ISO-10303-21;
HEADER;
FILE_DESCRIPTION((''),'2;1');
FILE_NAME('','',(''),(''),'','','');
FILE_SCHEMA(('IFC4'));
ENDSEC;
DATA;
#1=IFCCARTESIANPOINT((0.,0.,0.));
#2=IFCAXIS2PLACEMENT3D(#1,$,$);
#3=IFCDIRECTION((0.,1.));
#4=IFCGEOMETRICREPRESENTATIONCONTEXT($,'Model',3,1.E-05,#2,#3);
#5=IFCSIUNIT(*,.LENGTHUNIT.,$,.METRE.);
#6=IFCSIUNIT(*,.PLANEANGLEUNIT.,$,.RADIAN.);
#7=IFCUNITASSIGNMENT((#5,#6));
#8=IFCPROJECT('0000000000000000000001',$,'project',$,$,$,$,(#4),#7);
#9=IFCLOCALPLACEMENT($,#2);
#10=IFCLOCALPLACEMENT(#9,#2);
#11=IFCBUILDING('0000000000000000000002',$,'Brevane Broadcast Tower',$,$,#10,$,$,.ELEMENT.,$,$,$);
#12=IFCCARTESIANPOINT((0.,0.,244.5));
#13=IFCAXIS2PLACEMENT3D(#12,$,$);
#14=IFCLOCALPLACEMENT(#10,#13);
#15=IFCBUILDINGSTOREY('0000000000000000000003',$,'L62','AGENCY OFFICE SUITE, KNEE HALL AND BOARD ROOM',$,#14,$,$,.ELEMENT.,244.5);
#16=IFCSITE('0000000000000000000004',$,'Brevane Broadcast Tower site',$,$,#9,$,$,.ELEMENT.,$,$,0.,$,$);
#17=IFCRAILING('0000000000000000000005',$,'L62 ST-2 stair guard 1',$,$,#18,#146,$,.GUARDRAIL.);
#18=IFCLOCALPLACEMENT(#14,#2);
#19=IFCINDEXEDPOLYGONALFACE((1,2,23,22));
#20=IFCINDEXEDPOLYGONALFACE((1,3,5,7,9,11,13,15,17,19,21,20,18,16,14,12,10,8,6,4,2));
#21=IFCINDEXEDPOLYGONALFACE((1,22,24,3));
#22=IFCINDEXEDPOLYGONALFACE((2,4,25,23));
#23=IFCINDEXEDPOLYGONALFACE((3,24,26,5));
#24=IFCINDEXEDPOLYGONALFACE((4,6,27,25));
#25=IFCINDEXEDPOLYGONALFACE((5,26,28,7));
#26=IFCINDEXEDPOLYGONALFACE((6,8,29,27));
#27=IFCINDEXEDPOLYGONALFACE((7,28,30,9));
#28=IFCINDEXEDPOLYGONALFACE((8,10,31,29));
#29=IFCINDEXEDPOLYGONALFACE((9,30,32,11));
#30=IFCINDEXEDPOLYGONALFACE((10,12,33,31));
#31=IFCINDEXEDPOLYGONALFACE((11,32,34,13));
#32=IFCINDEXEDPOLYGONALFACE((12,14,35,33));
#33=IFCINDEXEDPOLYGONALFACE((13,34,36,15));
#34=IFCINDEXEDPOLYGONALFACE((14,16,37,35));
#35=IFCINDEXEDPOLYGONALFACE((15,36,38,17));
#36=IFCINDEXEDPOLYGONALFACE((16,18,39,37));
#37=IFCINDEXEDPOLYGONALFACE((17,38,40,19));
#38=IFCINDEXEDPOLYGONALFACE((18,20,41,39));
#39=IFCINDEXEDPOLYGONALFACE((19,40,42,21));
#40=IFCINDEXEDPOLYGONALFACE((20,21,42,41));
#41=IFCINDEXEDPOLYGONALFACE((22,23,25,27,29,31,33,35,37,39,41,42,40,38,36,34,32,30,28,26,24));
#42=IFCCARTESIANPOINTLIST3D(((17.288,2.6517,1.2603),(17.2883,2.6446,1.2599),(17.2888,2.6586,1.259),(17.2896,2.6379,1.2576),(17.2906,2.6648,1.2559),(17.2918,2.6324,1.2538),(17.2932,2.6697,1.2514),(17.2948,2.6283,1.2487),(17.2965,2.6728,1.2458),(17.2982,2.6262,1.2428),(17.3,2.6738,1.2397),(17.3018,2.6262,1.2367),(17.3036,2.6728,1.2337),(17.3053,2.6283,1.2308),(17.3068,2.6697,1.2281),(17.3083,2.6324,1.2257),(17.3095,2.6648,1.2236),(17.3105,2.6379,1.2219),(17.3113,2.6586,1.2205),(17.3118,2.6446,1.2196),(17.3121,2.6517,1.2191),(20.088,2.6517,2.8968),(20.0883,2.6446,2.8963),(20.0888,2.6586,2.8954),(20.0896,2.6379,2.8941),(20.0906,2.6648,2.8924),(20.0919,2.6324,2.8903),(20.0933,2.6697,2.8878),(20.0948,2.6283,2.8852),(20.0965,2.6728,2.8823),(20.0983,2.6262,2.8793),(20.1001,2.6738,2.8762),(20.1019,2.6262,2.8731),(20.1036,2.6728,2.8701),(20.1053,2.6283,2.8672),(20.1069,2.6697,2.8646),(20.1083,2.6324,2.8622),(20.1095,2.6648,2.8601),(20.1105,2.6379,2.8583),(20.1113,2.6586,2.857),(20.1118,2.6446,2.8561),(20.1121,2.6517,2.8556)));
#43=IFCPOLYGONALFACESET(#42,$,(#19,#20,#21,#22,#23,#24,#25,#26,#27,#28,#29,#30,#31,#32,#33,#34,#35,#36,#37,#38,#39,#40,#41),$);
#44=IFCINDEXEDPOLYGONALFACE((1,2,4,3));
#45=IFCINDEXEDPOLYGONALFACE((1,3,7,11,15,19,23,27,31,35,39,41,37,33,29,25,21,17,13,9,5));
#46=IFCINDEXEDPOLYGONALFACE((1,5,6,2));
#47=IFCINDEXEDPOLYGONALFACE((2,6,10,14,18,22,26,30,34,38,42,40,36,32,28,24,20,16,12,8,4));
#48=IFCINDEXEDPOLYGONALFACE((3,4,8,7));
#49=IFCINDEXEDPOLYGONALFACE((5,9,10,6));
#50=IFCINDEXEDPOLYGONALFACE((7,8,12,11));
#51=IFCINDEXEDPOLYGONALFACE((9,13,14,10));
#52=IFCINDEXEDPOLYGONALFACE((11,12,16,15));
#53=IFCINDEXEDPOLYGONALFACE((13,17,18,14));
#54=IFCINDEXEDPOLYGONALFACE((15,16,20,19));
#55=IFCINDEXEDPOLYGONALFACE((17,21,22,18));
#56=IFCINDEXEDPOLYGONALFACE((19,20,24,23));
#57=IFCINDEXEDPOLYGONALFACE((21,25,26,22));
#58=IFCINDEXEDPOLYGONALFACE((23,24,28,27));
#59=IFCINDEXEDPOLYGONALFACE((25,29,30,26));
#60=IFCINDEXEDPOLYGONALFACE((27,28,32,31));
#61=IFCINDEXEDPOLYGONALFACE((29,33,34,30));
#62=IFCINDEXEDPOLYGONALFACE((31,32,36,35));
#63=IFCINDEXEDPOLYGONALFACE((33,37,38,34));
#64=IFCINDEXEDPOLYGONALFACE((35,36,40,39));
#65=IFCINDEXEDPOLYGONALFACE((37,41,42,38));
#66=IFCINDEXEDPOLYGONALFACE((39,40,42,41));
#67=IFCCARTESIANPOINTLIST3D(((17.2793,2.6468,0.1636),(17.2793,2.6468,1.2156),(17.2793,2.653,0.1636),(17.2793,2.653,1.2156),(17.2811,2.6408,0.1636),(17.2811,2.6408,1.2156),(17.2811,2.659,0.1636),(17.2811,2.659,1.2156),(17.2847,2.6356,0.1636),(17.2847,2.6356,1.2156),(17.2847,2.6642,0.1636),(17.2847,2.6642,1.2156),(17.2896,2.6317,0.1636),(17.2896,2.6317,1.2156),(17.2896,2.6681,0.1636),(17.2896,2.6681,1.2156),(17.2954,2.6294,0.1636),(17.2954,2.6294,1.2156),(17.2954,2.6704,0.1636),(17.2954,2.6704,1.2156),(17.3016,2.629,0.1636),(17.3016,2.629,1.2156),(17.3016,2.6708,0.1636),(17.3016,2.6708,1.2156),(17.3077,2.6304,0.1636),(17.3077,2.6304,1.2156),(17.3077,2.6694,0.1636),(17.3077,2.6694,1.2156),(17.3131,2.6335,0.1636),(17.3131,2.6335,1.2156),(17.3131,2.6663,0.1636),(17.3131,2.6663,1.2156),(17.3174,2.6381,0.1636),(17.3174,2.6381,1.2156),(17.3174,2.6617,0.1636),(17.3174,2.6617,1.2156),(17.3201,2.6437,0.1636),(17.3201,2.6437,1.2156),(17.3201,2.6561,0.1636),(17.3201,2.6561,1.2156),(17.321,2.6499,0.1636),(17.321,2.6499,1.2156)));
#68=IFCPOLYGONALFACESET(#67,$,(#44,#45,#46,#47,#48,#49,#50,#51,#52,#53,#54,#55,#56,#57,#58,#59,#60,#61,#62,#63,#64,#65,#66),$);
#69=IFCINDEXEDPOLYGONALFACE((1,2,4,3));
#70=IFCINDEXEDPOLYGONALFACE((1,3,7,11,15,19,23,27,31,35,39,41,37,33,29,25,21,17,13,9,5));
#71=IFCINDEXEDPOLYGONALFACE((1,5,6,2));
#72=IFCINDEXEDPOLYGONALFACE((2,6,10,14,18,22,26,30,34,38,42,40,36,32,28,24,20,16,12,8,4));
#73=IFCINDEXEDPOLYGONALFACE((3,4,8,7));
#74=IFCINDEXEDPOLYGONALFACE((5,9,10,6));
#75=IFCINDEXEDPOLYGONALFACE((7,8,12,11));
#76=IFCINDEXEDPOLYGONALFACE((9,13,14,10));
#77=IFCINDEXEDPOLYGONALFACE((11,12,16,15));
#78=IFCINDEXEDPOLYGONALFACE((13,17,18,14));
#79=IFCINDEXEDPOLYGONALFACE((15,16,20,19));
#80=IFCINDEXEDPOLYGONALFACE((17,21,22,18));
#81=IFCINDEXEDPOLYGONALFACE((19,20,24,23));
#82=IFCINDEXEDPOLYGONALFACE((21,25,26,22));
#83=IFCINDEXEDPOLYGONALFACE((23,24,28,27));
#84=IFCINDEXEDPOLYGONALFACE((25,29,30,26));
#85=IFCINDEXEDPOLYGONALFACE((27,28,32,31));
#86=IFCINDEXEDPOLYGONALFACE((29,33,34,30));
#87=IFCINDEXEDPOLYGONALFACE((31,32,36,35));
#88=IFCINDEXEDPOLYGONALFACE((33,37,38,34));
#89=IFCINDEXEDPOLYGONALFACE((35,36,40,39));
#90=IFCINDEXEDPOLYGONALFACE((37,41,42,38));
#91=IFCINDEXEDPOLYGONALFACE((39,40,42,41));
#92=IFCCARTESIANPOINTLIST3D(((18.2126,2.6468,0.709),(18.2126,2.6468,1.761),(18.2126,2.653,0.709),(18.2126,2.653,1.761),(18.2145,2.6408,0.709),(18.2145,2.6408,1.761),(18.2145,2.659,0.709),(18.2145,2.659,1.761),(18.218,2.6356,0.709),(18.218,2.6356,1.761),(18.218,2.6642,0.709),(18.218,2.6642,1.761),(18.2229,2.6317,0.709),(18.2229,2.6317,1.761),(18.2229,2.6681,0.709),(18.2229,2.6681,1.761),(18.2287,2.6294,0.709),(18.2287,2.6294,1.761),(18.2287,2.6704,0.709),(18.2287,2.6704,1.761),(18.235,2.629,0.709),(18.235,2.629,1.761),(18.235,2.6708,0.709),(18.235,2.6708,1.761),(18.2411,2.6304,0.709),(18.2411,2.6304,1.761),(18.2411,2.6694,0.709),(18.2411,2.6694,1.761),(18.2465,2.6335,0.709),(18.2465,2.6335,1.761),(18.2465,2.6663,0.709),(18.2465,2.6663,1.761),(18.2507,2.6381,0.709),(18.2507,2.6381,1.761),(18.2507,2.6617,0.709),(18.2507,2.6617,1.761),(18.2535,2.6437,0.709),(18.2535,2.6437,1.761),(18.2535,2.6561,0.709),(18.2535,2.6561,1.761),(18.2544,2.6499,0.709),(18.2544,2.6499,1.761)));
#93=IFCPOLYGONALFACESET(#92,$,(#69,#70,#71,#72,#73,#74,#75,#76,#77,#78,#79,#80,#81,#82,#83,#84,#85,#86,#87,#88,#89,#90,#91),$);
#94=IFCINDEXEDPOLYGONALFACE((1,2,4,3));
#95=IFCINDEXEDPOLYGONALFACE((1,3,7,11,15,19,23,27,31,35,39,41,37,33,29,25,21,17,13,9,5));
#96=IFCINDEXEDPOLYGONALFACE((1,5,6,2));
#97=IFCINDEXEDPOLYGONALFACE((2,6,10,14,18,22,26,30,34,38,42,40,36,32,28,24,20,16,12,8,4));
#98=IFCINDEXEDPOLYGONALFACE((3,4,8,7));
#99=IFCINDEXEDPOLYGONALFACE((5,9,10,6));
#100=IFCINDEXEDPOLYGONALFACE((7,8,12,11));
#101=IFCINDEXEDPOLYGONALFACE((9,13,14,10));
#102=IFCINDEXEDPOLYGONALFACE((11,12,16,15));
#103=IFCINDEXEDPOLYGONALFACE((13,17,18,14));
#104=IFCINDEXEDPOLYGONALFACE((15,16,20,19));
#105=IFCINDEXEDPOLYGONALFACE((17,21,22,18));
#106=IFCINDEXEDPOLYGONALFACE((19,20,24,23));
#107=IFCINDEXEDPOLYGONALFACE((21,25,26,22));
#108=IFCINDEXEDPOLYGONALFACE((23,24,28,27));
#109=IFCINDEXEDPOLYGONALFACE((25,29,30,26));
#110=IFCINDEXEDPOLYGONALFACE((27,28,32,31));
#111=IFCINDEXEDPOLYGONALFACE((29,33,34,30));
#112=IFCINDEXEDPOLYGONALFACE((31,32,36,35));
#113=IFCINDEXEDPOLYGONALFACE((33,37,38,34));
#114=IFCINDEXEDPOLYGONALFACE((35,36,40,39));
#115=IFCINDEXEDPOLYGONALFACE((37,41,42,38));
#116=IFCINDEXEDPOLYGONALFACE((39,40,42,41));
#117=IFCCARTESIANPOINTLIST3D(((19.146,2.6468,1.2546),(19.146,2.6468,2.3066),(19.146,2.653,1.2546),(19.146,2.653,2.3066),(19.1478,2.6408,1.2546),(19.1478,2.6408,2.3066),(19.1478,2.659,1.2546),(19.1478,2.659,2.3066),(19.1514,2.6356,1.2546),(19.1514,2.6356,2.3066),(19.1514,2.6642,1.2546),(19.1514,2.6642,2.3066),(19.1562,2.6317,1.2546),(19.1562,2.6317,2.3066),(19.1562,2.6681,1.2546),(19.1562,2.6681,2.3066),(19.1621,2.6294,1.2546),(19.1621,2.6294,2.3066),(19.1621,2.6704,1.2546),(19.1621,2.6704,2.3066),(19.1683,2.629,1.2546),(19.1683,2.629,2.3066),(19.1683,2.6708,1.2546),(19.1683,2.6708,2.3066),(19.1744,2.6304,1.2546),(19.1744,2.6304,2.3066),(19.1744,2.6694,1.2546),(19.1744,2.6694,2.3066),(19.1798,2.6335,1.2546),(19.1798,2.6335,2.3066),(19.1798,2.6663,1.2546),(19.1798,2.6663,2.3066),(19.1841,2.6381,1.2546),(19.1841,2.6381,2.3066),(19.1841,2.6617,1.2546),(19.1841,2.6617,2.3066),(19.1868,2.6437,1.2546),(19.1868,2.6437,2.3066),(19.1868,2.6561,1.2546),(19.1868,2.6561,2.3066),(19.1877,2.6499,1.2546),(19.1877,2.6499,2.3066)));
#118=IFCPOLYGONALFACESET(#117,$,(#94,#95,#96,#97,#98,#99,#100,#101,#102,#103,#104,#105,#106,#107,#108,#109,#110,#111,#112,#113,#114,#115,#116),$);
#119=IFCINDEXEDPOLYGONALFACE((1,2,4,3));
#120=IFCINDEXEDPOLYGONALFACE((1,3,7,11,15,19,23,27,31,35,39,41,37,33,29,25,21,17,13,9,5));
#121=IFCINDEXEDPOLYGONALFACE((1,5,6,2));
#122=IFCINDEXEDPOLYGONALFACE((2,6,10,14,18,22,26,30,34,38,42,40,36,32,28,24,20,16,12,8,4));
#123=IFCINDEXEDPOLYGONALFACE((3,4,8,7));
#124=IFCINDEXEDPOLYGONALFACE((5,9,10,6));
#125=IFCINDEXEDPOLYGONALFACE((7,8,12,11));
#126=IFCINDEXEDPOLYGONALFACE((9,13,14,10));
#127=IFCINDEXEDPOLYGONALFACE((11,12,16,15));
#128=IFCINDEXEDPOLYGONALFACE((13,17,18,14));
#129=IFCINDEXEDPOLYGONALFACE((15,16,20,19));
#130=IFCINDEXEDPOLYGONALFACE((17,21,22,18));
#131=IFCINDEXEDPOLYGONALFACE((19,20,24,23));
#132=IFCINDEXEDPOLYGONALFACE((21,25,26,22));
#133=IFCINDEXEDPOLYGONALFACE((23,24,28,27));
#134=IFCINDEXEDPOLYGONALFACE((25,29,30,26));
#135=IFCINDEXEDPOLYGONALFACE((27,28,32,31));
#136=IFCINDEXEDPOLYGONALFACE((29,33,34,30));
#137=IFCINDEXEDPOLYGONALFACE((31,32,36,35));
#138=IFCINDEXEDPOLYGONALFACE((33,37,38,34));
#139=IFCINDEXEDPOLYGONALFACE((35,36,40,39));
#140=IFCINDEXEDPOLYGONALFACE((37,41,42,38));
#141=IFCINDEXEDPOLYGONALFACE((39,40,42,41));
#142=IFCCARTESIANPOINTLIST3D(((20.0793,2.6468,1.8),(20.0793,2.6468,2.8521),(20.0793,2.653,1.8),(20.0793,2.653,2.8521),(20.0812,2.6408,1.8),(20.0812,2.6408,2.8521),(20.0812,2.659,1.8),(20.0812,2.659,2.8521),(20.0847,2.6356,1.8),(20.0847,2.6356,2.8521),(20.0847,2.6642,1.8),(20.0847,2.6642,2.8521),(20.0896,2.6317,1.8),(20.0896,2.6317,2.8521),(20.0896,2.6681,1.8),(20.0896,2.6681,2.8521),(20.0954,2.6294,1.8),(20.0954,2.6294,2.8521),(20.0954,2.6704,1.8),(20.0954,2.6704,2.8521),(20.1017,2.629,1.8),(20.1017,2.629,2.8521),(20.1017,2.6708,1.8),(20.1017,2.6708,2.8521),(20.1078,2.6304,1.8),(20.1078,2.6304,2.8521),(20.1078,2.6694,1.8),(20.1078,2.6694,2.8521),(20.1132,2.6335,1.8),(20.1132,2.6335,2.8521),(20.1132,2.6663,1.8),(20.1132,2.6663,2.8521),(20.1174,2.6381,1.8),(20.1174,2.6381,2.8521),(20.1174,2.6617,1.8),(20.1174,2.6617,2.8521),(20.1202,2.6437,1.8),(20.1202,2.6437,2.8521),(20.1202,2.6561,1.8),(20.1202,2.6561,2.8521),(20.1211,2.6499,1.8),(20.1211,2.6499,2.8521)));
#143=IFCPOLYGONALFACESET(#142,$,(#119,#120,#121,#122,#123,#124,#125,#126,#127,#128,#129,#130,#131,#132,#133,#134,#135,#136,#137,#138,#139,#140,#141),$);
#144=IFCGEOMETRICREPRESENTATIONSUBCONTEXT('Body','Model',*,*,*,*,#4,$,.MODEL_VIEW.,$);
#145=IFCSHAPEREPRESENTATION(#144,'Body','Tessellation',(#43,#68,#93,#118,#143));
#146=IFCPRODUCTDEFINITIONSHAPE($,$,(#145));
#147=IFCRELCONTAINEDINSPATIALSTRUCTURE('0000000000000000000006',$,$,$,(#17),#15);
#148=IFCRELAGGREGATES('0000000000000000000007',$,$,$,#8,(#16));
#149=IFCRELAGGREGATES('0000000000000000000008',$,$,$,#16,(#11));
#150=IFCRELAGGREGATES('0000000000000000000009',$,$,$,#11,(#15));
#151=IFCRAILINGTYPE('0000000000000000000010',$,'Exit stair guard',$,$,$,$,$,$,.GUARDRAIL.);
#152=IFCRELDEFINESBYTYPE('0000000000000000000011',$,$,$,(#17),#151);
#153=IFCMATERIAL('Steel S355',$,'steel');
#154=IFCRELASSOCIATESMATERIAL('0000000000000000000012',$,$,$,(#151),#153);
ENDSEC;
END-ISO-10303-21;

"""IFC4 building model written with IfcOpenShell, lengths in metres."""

from ifc_helpers import new_model, si_unit, direction, frame, origin, origin_2d, place, context, subcontext, project, spatial, circle, extrude, material, type_object, element, save


model = new_model("IFC4")

# Units and contexts
model_context = context("Model", 3, precision=1e-05, world=origin(), true_north=direction((0.0, 1.0)))
body_context = subcontext(model_context, "Body", "Model", "MODEL_VIEW")
ifc_project = project(units=[si_unit("LENGTHUNIT", "METRE"), si_unit("PLANEANGLEUNIT", "RADIAN")], contexts=[model_context])

# Site, building, storey
site_placement = place(None, origin())
site = spatial("IfcSite", under=ifc_project, at=site_placement, Name="Brevane Broadcast Tower site", CompositionType="ELEMENT", RefElevation=0.0)
building_placement = place(site_placement, origin())
building = spatial("IfcBuilding", under=site, at=building_placement, Name="Brevane Broadcast Tower", CompositionType="ELEMENT")
storey_placement = place(building_placement, frame((0.0, 0.0, 244.5)))
storey = spatial("IfcBuildingStorey", under=building, at=storey_placement, Name="L62", Description="AGENCY OFFICE SUITE, KNEE HALL AND BOARD ROOM", CompositionType="ELEMENT", Elevation=244.5)

# Railing
ifc_material_1 = material(Name="Steel S355", Category="steel")
railing_type_1 = type_object("IfcRailingType", Name="Exit stair guard", PredefinedType="GUARDRAIL", material=ifc_material_1)
railing_1_placement = place(storey_placement, frame((17.3, 2.6499, 0.1636)))
element("IfcRailing", 1, at=railing_1_placement, inside=storey, type_object=railing_type_1, Name="L62 ST-2 stair guard 1", PredefinedType="GUARDRAIL", context=body_context, shape_type="SweptSolid", body=[
    extrude(circle(Radius=0.0239, at=origin_2d()), frame((0.0, 0.0, 1.0762), z_axis=(0.863361, 0.0, 0.504587), x_axis=(0.0, 1.0, 0.0)), (0.0, 0.0, 1.0), 3.2432),
    extrude(circle(Radius=0.021, at=origin_2d()), origin(), (0.0, 0.0, 1.0), 1.052),
    extrude(circle(Radius=0.021, at=origin_2d()), frame((0.9333, 0.0, 0.5454)), (0.0, 0.0, 1.0), 1.052),
    extrude(circle(Radius=0.021, at=origin_2d()), frame((1.8667, 0.0, 1.0911)), (0.0, 0.0, 1.0), 1.052),
    extrude(circle(Radius=0.021, at=origin_2d()), frame((2.8, 0.0, 1.6365)), (0.0, 0.0, 1.0), 1.052),
])

save(model, "model.ifc")
